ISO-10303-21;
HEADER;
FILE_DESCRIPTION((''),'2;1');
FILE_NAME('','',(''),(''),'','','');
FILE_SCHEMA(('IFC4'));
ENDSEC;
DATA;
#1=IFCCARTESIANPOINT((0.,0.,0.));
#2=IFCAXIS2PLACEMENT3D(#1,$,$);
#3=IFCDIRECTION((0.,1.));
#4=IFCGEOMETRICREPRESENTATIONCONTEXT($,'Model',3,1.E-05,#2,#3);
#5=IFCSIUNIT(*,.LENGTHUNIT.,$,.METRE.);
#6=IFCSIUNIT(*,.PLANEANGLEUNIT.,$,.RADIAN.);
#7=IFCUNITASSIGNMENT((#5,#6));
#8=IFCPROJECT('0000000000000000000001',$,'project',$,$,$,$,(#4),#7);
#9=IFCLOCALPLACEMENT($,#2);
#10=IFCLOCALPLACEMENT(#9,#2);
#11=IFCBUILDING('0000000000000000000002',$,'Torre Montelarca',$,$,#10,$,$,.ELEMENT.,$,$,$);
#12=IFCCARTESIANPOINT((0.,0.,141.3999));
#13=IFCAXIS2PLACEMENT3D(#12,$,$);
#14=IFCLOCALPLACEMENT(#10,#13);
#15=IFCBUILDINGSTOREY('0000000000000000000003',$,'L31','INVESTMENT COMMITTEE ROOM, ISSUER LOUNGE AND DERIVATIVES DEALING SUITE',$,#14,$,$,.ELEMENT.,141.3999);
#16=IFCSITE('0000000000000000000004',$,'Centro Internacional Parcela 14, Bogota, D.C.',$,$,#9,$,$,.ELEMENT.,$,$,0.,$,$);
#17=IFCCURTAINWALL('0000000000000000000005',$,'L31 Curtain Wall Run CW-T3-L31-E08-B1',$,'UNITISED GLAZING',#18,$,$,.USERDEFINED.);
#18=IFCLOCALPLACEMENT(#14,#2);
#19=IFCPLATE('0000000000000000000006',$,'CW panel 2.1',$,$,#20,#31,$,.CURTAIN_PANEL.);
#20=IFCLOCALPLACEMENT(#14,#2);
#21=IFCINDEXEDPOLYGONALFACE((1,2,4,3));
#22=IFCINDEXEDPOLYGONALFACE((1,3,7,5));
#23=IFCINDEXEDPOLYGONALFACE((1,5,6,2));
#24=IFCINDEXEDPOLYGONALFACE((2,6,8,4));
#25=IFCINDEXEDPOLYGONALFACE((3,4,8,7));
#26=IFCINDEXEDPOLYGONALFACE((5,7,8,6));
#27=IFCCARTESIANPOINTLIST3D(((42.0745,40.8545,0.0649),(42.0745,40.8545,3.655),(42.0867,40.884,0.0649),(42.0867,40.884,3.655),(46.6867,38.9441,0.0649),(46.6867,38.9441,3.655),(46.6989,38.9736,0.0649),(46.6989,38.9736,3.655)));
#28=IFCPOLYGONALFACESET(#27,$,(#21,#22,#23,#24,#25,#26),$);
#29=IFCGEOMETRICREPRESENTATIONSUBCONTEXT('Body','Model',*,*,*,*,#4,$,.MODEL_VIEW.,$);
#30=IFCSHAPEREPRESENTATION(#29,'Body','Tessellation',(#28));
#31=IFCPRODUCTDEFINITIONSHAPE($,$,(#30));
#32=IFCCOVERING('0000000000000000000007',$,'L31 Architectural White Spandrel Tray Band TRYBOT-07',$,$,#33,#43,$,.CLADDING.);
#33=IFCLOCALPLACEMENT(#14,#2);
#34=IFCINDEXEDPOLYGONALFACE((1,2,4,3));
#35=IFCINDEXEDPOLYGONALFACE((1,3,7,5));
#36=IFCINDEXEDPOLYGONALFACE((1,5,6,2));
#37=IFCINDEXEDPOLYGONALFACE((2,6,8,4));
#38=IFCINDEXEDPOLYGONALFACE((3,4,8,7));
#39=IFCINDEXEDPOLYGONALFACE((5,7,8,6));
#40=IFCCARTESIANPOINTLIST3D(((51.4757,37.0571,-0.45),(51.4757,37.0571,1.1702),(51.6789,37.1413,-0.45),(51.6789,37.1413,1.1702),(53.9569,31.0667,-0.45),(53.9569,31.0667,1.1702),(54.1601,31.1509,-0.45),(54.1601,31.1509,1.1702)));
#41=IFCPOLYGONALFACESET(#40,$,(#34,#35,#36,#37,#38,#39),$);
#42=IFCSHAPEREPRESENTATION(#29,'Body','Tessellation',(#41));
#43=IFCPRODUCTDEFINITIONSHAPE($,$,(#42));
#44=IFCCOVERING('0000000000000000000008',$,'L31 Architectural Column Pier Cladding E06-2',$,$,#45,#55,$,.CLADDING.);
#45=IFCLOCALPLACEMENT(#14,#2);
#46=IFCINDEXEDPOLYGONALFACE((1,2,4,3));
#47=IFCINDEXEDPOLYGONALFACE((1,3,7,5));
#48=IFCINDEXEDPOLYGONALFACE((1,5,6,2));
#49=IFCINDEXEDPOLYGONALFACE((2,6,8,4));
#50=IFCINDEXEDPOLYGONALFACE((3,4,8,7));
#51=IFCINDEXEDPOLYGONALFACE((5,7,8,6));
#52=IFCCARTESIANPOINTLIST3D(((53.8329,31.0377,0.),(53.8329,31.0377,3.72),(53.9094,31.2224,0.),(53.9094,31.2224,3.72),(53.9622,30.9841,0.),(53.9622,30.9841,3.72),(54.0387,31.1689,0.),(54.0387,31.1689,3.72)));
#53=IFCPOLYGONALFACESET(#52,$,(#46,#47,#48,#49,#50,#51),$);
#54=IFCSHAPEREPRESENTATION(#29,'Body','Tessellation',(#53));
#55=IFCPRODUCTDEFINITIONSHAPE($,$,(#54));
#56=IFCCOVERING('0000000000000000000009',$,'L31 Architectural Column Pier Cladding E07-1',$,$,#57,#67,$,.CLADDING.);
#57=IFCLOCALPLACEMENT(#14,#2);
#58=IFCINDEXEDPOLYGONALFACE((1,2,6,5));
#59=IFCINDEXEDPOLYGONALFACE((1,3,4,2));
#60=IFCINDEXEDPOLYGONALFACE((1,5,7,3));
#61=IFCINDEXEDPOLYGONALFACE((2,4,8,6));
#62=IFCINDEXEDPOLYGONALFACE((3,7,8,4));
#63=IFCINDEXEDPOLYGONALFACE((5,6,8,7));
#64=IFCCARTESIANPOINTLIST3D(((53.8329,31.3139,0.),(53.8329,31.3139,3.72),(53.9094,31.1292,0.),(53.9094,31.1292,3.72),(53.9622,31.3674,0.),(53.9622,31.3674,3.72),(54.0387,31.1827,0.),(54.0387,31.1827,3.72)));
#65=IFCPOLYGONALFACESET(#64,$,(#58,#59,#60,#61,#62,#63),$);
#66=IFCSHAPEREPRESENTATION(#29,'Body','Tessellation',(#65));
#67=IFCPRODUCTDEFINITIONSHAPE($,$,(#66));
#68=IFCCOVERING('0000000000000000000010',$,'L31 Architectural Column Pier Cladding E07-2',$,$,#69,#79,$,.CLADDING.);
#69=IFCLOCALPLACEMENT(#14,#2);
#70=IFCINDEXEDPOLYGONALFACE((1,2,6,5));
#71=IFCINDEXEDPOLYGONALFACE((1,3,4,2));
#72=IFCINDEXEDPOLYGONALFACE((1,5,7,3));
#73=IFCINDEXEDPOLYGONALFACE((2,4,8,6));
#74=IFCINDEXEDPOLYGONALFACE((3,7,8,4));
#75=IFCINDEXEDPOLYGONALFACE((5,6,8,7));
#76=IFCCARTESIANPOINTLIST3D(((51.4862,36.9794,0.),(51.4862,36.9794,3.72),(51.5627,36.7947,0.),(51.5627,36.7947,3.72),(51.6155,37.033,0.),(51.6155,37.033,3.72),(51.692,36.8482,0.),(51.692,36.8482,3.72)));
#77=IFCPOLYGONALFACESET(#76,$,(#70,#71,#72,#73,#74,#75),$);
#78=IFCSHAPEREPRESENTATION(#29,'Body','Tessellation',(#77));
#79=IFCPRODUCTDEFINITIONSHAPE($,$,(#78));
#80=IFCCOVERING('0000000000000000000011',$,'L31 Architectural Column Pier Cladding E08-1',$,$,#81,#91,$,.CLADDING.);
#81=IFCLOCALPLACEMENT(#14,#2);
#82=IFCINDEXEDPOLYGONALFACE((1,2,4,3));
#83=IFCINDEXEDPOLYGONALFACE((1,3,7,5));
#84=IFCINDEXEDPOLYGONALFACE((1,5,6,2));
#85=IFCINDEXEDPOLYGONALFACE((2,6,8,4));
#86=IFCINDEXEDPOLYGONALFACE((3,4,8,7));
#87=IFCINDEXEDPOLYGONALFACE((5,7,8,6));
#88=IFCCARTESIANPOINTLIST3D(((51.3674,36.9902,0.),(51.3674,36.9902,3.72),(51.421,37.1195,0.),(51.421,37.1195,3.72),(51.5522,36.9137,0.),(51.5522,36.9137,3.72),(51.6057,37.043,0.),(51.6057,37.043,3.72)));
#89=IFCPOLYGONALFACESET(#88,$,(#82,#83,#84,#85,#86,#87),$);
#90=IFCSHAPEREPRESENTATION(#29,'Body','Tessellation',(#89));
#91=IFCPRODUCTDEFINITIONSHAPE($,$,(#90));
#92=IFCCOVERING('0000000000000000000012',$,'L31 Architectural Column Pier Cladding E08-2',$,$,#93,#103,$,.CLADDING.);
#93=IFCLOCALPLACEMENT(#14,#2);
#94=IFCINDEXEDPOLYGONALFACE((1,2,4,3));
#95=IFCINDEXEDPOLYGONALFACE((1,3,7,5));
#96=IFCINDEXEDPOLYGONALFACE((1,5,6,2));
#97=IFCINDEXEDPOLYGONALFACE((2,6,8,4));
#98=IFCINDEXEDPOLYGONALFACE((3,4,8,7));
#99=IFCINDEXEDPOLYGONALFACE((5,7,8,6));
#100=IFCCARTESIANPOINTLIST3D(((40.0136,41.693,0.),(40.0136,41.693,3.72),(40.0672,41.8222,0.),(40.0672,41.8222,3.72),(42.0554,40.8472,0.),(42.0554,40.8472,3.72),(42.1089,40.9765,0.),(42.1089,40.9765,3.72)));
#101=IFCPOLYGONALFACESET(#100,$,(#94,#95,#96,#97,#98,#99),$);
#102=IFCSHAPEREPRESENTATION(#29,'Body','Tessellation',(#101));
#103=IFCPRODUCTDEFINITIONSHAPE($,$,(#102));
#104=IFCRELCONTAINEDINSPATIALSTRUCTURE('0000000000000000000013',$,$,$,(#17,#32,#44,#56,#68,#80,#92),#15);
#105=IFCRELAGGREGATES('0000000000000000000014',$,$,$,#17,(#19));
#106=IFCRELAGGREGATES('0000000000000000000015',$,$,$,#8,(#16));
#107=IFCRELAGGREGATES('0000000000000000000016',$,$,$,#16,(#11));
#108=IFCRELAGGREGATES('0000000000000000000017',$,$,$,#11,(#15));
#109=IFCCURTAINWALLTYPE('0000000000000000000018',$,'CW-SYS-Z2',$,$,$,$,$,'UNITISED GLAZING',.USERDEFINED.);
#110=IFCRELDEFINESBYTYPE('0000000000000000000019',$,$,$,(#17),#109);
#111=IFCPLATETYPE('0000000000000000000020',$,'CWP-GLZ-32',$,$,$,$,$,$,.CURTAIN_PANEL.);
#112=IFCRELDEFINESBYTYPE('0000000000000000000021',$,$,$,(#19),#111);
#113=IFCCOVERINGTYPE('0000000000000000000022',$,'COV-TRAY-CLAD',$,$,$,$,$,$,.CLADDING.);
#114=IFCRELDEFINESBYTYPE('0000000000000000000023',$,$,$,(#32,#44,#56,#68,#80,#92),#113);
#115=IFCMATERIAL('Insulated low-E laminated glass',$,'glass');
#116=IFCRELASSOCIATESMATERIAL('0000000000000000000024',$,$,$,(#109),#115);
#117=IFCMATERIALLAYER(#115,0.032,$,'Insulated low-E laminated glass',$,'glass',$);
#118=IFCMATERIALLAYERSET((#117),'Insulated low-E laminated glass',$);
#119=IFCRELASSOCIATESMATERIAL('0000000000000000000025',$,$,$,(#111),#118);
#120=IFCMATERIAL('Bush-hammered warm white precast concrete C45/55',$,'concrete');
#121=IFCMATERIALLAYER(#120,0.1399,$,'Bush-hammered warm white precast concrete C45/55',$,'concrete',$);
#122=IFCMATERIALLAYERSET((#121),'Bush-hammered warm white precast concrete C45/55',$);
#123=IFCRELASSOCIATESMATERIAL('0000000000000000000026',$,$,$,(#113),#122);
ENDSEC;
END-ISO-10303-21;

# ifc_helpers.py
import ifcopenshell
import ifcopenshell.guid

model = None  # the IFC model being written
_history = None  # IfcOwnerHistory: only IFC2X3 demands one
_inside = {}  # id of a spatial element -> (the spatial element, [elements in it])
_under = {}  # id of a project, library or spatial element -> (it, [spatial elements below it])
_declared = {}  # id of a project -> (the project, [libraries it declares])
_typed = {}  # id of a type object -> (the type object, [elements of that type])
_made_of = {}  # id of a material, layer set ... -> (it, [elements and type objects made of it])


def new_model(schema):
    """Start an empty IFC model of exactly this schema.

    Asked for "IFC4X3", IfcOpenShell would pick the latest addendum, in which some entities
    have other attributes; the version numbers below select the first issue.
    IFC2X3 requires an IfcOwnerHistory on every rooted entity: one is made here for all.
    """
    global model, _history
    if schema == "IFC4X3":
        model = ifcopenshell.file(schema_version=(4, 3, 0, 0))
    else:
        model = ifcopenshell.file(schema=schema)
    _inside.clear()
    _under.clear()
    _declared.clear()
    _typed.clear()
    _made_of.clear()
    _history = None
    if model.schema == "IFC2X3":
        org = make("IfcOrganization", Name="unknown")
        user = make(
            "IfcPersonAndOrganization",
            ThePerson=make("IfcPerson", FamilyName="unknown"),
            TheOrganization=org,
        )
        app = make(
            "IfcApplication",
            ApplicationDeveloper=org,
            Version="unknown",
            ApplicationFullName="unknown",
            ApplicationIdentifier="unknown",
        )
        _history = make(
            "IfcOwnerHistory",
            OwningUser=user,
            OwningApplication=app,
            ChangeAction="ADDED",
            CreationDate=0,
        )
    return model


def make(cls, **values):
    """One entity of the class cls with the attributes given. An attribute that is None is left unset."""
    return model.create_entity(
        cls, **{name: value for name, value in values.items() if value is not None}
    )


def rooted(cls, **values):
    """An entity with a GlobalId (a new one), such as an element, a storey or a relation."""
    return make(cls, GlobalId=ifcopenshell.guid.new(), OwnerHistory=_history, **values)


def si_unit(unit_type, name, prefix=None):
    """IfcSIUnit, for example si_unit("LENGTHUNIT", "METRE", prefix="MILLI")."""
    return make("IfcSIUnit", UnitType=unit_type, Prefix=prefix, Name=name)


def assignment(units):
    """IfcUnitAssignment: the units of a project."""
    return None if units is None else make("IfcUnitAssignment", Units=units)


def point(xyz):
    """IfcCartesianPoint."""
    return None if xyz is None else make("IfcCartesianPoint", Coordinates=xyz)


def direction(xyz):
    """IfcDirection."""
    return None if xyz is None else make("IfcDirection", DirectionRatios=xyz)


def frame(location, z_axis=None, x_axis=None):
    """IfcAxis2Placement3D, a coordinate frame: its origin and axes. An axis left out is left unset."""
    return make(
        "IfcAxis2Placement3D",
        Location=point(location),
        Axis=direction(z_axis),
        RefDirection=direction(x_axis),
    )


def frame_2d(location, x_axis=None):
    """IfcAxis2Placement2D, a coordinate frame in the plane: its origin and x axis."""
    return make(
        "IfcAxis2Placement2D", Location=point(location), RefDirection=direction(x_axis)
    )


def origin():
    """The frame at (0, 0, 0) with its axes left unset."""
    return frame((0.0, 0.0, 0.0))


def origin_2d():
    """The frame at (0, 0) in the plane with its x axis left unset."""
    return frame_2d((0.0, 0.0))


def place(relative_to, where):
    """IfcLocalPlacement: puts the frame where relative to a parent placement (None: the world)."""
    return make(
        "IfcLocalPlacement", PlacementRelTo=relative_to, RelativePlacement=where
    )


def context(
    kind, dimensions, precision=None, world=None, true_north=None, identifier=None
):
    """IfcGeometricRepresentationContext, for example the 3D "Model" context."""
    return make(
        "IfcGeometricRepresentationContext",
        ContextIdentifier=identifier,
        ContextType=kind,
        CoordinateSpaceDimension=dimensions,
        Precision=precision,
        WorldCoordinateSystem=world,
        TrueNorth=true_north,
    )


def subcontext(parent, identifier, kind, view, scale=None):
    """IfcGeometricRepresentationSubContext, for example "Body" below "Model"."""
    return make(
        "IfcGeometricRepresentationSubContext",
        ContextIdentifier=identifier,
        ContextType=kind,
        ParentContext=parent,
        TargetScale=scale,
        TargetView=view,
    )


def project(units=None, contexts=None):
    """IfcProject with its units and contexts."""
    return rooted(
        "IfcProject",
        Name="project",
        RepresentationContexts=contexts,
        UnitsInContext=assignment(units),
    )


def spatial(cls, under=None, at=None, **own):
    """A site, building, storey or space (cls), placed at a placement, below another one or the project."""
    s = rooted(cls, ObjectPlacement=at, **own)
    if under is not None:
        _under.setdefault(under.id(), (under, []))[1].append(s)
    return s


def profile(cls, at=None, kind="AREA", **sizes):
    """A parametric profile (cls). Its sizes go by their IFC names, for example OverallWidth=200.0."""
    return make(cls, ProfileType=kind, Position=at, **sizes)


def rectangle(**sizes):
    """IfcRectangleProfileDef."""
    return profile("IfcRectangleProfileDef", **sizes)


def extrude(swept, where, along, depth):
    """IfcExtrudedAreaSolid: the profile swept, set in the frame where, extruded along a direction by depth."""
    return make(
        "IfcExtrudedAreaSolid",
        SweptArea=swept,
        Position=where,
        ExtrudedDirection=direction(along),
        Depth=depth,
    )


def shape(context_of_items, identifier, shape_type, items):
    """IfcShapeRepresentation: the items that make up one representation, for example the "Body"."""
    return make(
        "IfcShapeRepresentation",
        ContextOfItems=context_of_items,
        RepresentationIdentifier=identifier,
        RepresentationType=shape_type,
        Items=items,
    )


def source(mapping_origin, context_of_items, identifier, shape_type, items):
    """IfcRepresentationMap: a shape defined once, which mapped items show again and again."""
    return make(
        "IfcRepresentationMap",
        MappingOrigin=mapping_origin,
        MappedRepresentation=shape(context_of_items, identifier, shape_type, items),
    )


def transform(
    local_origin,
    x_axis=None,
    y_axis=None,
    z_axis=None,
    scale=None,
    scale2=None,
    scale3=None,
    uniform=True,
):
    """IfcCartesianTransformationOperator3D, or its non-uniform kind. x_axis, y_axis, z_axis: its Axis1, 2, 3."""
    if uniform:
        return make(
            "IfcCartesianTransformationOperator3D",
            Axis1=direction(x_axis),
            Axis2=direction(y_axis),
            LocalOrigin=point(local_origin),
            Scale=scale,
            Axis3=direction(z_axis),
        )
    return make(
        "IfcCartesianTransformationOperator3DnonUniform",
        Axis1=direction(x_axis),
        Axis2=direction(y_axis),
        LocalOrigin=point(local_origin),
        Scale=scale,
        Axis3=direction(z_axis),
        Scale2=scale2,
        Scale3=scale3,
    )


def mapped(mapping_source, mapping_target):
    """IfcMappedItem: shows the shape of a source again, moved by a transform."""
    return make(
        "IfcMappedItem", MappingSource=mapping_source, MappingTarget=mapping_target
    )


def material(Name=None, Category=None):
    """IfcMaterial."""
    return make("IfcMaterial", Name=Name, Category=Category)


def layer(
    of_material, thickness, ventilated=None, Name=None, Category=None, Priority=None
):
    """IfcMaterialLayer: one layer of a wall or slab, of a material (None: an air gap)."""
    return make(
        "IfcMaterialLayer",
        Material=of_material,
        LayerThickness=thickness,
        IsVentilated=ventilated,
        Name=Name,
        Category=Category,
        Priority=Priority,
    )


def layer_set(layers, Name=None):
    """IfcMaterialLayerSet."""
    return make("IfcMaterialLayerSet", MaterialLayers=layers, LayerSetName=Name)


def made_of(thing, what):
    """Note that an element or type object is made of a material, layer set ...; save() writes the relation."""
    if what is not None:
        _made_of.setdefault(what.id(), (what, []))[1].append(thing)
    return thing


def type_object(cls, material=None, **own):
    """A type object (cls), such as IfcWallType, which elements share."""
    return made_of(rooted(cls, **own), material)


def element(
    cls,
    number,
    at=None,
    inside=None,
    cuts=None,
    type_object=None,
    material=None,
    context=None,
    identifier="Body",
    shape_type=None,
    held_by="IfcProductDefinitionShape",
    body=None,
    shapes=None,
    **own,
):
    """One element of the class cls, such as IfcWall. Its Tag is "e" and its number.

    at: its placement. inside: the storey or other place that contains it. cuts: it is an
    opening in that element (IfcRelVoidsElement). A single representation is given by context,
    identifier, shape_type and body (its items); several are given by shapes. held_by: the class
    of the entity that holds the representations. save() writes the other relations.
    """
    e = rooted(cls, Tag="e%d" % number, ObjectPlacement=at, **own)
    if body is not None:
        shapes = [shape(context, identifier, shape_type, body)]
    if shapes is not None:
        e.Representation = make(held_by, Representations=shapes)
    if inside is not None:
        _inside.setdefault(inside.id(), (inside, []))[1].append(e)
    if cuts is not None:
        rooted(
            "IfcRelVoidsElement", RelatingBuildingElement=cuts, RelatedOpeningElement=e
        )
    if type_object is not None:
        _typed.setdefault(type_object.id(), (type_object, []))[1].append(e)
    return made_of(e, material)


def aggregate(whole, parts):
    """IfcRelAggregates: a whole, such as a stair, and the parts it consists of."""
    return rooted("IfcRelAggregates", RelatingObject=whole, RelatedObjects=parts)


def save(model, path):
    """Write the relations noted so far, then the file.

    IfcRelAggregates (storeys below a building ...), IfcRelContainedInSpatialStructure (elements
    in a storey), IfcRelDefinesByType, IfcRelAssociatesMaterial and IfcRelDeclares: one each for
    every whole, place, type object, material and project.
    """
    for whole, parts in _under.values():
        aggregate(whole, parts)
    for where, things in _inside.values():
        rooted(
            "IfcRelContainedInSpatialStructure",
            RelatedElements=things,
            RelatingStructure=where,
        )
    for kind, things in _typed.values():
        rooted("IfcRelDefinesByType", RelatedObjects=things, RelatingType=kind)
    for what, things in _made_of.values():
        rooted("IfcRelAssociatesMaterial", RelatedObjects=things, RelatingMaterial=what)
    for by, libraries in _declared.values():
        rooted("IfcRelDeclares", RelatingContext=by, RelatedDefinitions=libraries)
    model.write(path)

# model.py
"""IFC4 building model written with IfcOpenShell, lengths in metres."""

from ifc_helpers import new_model, si_unit, direction, frame, origin, origin_2d, place, context, subcontext, project, spatial, rectangle, extrude, source, transform, mapped, material, layer, layer_set, type_object, element, aggregate, save


model = new_model("IFC4")

# Units and contexts
model_context = context("Model", 3, precision=1e-05, world=origin(), true_north=direction((0.0, 1.0)))
body_context = subcontext(model_context, "Body", "Model", "MODEL_VIEW")
ifc_project = project(units=[si_unit("LENGTHUNIT", "METRE"), si_unit("PLANEANGLEUNIT", "RADIAN")], contexts=[model_context])

# Site, building, storey
site_placement = place(None, origin())
site = spatial("IfcSite", under=ifc_project, at=site_placement, Name="Centro Internacional Parcela 14, Bogota, D.C.", CompositionType="ELEMENT", RefElevation=0.0)
building_placement = place(site_placement, origin())
building = spatial("IfcBuilding", under=site, at=building_placement, Name="Torre Montelarca", CompositionType="ELEMENT")
storey_placement = place(building_placement, frame((0.0, 0.0, 141.3999)))
storey = spatial("IfcBuildingStorey", under=building, at=storey_placement, Name="L31", Description="INVESTMENT COMMITTEE ROOM, ISSUER LOUNGE AND DERIVATIVES DEALING SUITE", CompositionType="ELEMENT", Elevation=141.3999)

# Shared definitions
ifc_material_1 = material(Name="Insulated low-E laminated glass", Category="glass")
curtain_wall_type = type_object("IfcCurtainWallType", Name="CW-SYS-Z2", ElementType="UNITISED GLAZING", PredefinedType="USERDEFINED", material=ifc_material_1)

# Curtain wall
curtain_wall_1_placement = place(storey_placement, origin())
curtain_wall_1 = element("IfcCurtainWall", 1, at=curtain_wall_1_placement, inside=storey, type_object=curtain_wall_type, Name="L31 Curtain Wall Run CW-T3-L31-E08-B1", ObjectType="UNITISED GLAZING", PredefinedType="USERDEFINED")

# Plate
ifc_layer_1 = layer(ifc_material_1, 0.032, Name="Insulated low-E laminated glass", Category="glass")
ifc_layer_set_1 = layer_set([ifc_layer_1], Name="Insulated low-E laminated glass")
plate_type = type_object("IfcPlateType", Name="CWP-GLZ-32", PredefinedType="CURTAIN_PANEL", material=ifc_layer_set_1)
shared_shape_1 = source(origin(), body_context, "Body", "SweptSolid", [
    extrude(rectangle(XDim=4.9922, YDim=0.032, at=origin_2d()), origin(), (0.0, 0.0, 1.0), 3.5901),
])
plate_1_placement = place(storey_placement, frame((44.3867, 39.9141, 0.0649), z_axis=(0.0, 0.0, 1.0), x_axis=(-0.923881, 0.382681, 0.0)))
plate_1 = element("IfcPlate", 2, at=plate_1_placement, type_object=plate_type, Name="CW panel 2.1", PredefinedType="CURTAIN_PANEL", context=body_context, shape_type="MappedRepresentation", body=[
    mapped(shared_shape_1, transform((0.0, 0.0, 0.0), scale=1.0)),
])
aggregate(curtain_wall_1, [plate_1])

# Coverings
ifc_material_2 = material(Name="Bush-hammered warm white precast concrete C45/55", Category="concrete")
ifc_layer_2 = layer(ifc_material_2, 0.1399, Name="Bush-hammered warm white precast concrete C45/55", Category="concrete")
ifc_layer_set_2 = layer_set([ifc_layer_2], Name="Bush-hammered warm white precast concrete C45/55")
covering_type = type_object("IfcCoveringType", Name="COV-TRAY-CLAD", PredefinedType="CLADDING", material=ifc_layer_set_2)
shared_shape_2 = source(origin(), body_context, "Body", "SweptSolid", [
    extrude(rectangle(XDim=6.4839, YDim=0.22, at=origin_2d()), origin(), (0.0, 0.0, 1.0), 1.6201),
])
covering_1_placement = place(storey_placement, frame((52.8179, 34.104, -0.45), z_axis=(0.0, 0.0, 1.0), x_axis=(-0.382674, 0.923884, 0.0)))
element("IfcCovering", 3, at=covering_1_placement, inside=storey, type_object=covering_type, Name="L31 Architectural White Spandrel Tray Band TRYBOT-07", PredefinedType="CLADDING", context=body_context, shape_type="MappedRepresentation", body=[
    mapped(shared_shape_2, transform((0.0, 0.0, 0.0), scale=1.0)),
])
shared_shape_3 = source(origin(), body_context, "Body", "SweptSolid", [
    extrude(rectangle(XDim=0.2, YDim=0.1399, at=origin_2d()), origin(), (0.0, 0.0, 1.0), 3.72),
])
for number, where, z_axis, x_axis, name in (
    (4, (53.9358, 31.1033, 0.0), (0.0, 0.0, 1.0), (0.382682, 0.92388, 0.0), "L31 Architectural Column Pier Cladding E06-2"),
    (5, (53.9358, 31.2483, 0.0), (0.0, 0.0, 1.0), (-0.382675, 0.923883, 0.0), "L31 Architectural Column Pier Cladding E07-1"),
    (6, (51.5891, 36.9138, 0.0), (0.0, 0.0, 1.0), (-0.382675, 0.923883, 0.0), "L31 Architectural Column Pier Cladding E07-2"),
    (7, (51.4866, 37.0166, 0.0), (0.0, 0.0, 1.0), (-0.923879, 0.382685, 0.0), "L31 Architectural Column Pier Cladding E08-1"),
):
    element("IfcCovering", number, at=place(storey_placement, frame(where, z_axis=z_axis, x_axis=x_axis)), inside=storey, type_object=covering_type, Name=name, PredefinedType="CLADDING", context=body_context, shape_type="MappedRepresentation", body=[
        mapped(shared_shape_3, transform((0.0, 0.0, 0.0), scale=1.0)),
    ])
shared_shape_4 = source(origin(), body_context, "Body", "SweptSolid", [
    extrude(rectangle(XDim=2.21, YDim=0.1399, at=origin_2d()), origin(), (0.0, 0.0, 1.0), 3.72),
])
covering_2_placement = place(storey_placement, frame((41.0613, 41.3347, 0.0), z_axis=(0.0, 0.0, 1.0), x_axis=(-0.923879, 0.382685, 0.0)))
element("IfcCovering", 8, at=covering_2_placement, inside=storey, type_object=covering_type, Name="L31 Architectural Column Pier Cladding E08-2", PredefinedType="CLADDING", context=body_context, shape_type="MappedRepresentation", body=[
    mapped(shared_shape_4, transform((0.0, 0.0, 0.0), scale=1.0)),
])

save(model, "model.ifc")
